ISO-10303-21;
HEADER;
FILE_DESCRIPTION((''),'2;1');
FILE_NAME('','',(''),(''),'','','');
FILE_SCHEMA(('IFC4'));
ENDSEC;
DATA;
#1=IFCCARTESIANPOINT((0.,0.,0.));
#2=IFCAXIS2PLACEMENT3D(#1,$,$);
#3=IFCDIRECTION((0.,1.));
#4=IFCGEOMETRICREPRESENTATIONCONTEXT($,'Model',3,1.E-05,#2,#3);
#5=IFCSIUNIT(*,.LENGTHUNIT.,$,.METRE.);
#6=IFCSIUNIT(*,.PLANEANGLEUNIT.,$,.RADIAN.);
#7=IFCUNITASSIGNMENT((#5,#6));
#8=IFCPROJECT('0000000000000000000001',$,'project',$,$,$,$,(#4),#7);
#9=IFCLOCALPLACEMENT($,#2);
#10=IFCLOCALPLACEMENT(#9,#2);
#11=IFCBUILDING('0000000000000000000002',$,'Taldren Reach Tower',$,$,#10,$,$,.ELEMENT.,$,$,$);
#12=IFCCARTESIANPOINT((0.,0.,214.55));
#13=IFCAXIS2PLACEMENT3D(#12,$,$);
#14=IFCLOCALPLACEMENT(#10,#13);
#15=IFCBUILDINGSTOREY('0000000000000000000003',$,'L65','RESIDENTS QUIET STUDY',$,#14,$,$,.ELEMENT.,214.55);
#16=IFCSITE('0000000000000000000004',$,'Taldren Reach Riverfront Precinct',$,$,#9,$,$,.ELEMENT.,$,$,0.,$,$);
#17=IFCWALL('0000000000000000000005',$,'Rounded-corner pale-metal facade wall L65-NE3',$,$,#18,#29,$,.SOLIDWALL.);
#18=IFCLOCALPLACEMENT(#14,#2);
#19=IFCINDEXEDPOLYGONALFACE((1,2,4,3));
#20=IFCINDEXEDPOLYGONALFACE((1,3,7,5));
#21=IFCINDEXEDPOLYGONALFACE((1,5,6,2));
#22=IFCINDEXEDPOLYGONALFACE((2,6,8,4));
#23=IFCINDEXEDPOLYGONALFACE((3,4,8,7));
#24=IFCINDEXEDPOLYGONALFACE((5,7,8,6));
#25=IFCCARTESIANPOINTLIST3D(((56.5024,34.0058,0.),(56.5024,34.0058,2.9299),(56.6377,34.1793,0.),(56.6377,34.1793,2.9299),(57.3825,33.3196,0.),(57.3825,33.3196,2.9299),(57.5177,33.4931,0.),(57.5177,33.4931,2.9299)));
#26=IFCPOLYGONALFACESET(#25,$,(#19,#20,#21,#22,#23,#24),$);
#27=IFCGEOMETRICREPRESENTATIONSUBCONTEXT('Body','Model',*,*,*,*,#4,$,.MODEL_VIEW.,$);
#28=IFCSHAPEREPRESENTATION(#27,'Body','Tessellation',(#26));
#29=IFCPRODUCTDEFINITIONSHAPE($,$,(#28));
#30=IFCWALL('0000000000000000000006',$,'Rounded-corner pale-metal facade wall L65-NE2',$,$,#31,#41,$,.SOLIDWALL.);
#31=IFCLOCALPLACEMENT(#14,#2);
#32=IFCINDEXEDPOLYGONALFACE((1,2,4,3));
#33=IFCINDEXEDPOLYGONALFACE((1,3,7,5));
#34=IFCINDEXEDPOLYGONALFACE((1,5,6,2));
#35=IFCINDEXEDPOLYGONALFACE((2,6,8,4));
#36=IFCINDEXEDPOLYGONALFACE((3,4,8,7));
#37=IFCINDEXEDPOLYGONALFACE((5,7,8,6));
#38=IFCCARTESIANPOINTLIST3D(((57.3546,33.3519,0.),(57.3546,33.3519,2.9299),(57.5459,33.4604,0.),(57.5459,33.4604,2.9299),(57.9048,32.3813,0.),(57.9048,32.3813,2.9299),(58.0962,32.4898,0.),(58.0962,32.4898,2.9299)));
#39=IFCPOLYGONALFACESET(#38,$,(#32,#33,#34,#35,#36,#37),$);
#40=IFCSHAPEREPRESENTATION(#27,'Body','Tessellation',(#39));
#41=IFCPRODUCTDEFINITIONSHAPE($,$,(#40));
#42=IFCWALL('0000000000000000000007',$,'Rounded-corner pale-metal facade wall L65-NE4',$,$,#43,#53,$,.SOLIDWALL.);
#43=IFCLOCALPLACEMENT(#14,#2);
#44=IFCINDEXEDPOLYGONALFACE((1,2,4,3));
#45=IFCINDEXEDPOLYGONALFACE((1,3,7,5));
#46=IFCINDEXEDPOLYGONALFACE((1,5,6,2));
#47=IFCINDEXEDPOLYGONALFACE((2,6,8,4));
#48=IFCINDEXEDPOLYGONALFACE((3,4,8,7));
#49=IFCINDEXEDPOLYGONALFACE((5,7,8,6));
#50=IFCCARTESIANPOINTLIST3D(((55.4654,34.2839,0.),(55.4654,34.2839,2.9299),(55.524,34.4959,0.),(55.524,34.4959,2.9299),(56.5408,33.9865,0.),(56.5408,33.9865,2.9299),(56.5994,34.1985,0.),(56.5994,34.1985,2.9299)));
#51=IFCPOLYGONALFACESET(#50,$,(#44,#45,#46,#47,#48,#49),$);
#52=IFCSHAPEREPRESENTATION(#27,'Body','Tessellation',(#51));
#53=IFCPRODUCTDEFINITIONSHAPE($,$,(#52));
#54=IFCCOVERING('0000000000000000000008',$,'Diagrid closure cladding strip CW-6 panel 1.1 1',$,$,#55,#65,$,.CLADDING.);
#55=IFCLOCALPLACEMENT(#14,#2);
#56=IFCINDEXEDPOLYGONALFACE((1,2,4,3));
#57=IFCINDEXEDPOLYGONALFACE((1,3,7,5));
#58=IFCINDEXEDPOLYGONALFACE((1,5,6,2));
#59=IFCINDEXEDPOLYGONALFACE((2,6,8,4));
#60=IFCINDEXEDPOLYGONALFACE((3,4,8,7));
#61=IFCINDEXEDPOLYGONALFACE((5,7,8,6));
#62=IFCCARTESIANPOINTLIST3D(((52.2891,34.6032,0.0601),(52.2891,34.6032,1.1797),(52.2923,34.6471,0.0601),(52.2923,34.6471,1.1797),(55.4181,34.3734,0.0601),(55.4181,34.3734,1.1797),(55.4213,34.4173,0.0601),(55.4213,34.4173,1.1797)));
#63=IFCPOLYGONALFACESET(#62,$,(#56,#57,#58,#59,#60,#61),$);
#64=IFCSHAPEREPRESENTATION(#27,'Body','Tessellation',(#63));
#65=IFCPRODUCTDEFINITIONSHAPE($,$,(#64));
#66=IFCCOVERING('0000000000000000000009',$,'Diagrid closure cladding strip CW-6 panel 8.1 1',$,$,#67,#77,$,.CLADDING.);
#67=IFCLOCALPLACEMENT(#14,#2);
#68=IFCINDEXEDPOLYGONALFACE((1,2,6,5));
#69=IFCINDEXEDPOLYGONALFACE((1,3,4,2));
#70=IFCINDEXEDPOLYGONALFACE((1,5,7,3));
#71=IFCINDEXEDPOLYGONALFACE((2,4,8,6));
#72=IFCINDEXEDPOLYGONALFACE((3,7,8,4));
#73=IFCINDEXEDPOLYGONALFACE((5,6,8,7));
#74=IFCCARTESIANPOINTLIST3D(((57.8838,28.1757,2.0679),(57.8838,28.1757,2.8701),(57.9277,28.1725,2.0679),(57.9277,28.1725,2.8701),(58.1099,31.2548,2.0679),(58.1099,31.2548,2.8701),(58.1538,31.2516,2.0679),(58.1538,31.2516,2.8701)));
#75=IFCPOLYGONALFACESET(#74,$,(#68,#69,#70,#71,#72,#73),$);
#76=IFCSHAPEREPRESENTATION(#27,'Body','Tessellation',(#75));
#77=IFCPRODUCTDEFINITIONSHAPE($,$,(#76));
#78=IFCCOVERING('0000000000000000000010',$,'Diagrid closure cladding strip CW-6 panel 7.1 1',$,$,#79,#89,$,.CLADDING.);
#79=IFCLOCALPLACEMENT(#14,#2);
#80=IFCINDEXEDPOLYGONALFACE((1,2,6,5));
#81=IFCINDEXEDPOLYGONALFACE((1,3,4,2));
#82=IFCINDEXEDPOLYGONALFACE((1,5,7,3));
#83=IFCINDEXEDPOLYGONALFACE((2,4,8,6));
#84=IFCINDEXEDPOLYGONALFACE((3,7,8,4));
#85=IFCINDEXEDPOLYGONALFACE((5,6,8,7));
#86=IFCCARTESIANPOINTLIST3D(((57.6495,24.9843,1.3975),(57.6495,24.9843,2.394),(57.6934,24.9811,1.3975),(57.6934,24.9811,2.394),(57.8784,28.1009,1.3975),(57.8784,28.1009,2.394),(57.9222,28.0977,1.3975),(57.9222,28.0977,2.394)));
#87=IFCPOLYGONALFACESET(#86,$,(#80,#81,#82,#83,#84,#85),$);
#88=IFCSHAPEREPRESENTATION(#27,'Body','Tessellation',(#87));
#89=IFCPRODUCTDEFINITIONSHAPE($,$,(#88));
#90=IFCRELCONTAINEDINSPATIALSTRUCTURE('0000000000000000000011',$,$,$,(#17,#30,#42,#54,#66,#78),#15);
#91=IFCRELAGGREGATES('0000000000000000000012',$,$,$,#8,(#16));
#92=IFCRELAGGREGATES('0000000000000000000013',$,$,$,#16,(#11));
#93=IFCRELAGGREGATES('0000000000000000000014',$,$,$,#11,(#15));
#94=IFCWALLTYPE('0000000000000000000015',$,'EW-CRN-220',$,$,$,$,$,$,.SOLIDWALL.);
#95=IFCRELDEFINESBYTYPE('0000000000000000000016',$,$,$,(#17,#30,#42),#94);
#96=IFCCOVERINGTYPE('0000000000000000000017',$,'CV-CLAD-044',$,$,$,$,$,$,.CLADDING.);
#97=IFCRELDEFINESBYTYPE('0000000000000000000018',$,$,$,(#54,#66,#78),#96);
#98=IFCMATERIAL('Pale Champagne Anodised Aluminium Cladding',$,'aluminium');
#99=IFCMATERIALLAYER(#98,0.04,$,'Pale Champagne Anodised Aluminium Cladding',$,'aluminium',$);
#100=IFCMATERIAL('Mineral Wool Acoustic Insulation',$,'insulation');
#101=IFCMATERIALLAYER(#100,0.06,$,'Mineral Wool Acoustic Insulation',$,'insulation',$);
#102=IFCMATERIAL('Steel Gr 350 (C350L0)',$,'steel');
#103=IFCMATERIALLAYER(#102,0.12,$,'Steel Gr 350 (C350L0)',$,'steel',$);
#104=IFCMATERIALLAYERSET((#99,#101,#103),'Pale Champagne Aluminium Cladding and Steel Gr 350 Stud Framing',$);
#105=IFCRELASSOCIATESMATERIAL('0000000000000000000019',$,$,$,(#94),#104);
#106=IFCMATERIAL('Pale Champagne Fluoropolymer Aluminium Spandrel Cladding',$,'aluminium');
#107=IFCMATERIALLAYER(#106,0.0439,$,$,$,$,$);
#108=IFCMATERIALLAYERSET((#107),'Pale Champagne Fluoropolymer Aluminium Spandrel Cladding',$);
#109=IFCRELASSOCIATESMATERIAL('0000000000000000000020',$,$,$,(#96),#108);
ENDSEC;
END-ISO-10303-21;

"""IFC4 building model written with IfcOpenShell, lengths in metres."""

from ifc_helpers import new_model, si_unit, direction, frame, frame_2d, origin, origin_2d, place, context, subcontext, project, spatial, rectangle, extrude, source, transform, mapped, material, layer, layer_set, type_object, element, save


model = new_model("IFC4")

# Units and contexts
model_context = context("Model", 3, precision=1e-05, world=origin(), true_north=direction((0.0, 1.0)))
body_context = subcontext(model_context, "Body", "Model", "MODEL_VIEW")
ifc_project = project(units=[si_unit("LENGTHUNIT", "METRE"), si_unit("PLANEANGLEUNIT", "RADIAN")], contexts=[model_context])

# Site, building, storey
site_placement = place(None, origin())
site = spatial("IfcSite", under=ifc_project, at=site_placement, Name="Taldren Reach Riverfront Precinct", CompositionType="ELEMENT", RefElevation=0.0)
building_placement = place(site_placement, origin())
building = spatial("IfcBuilding", under=site, at=building_placement, Name="Taldren Reach Tower", CompositionType="ELEMENT")
storey_placement = place(building_placement, frame((0.0, 0.0, 214.55)))
storey = spatial("IfcBuildingStorey", under=building, at=storey_placement, Name="L65", Description="RESIDENTS QUIET STUDY", CompositionType="ELEMENT", Elevation=214.55)

# Shared definitions
ifc_material_1 = material(Name="Steel Gr 350 (C350L0)", Category="steel")

# Walls
ifc_material_2 = material(Name="Pale Champagne Anodised Aluminium Cladding", Category="aluminium")
ifc_layer_1 = layer(ifc_material_2, 0.04, Name="Pale Champagne Anodised Aluminium Cladding", Category="aluminium")
ifc_material_3 = material(Name="Mineral Wool Acoustic Insulation", Category="insulation")
ifc_layer_2 = layer(ifc_material_3, 0.06, Name="Mineral Wool Acoustic Insulation", Category="insulation")
ifc_layer_3 = layer(ifc_material_1, 0.12, Name="Steel Gr 350 (C350L0)", Category="steel")
ifc_layer_set_1 = layer_set([ifc_layer_1, ifc_layer_2, ifc_layer_3], Name="Pale Champagne Aluminium Cladding and Steel Gr 350 Stud Framing")
wall_type = type_object("IfcWallType", Name="EW-CRN-220", PredefinedType="SOLIDWALL", material=ifc_layer_set_1)
shared_shape_1 = source(origin(), body_context, "Body", "SweptSolid", [
    extrude(rectangle(XDim=1.116, YDim=0.22, at=frame_2d((0.5581, 0.0))), origin(), (0.0, 0.0, 1.0), 2.9299),
])
for number, where, z_axis, x_axis, name in (
    (1, (57.4502, 33.4062, 0.0), (0.0, 0.0, 1.0), (-0.788598, 0.614909, 0.0), "Rounded-corner pale-metal facade wall L65-NE3"),
):
    element("IfcWall", number, at=place(storey_placement, frame(where, z_axis=z_axis, x_axis=x_axis)), inside=storey, type_object=wall_type, Name=name, PredefinedType="SOLIDWALL", context=body_context, shape_type="MappedRepresentation", body=[
        mapped(shared_shape_1, transform((0.0, 0.0, 0.0), scale=1.0)),
    ])
shared_shape_2 = source(origin(), body_context, "Body", "SweptSolid", [
    extrude(rectangle(XDim=1.1157, YDim=0.22, at=frame_2d((0.5579, 0.0))), origin(), (0.0, 0.0, 1.0), 2.9299),
])
for number, where, z_axis, x_axis, name in (
    (2, (58.0005, 32.4355, 0.0), (0.0, 0.0, 1.0), (-0.493167, 0.869935, 0.0), "Rounded-corner pale-metal facade wall L65-NE2"),
    (3, (56.5701, 34.0925, 0.0), (0.0, 0.0, 1.0), (-0.963834, 0.266504, 0.0), "Rounded-corner pale-metal facade wall L65-NE4"),
):
    element("IfcWall", number, at=place(storey_placement, frame(where, z_axis=z_axis, x_axis=x_axis)), inside=storey, type_object=wall_type, Name=name, PredefinedType="SOLIDWALL", context=body_context, shape_type="MappedRepresentation", body=[
        mapped(shared_shape_2, transform((0.0, 0.0, 0.0), scale=1.0)),
    ])

# Coverings
ifc_material_4 = material(Name="Pale Champagne Fluoropolymer Aluminium Spandrel Cladding", Category="aluminium")
ifc_layer_4 = layer(ifc_material_4, 0.0439)
ifc_layer_set_2 = layer_set([ifc_layer_4], Name="Pale Champagne Fluoropolymer Aluminium Spandrel Cladding")
covering_type = type_object("IfcCoveringType", Name="CV-CLAD-044", PredefinedType="CLADDING", material=ifc_layer_set_2)
shared_shape_3 = source(origin(), body_context, "Body", "SweptSolid", [
    extrude(rectangle(XDim=3.1375, YDim=0.0439, at=origin_2d()), origin(), (0.0, 0.0, 1.0), 1.1196),
])
covering_1_placement = place(storey_placement, frame((53.8552, 34.5103, 0.0601), z_axis=(0.0, 0.0, 1.0), x_axis=(-0.997314, 0.073238, 0.0)))
element("IfcCovering", 4, at=covering_1_placement, inside=storey, type_object=covering_type, Name="Diagrid closure cladding strip CW-6 panel 1.1 1", PredefinedType="CLADDING", context=body_context, shape_type="MappedRepresentation", body=[
    mapped(shared_shape_3, transform((0.0, 0.0, 0.0), scale=1.0)),
])
shared_shape_4 = source(origin(), body_context, "Body", "SweptSolid", [
    extrude(rectangle(XDim=3.0874, YDim=0.0439, at=origin_2d()), origin(), (0.0, 0.0, 1.0), 0.8022),
])
covering_2_placement = place(storey_placement, frame((58.0188, 29.7136, 2.0679), z_axis=(0.0, 0.0, 1.0), x_axis=(0.073238, 0.997314, 0.0)))
element("IfcCovering", 5, at=covering_2_placement, inside=storey, type_object=covering_type, Name="Diagrid closure cladding strip CW-6 panel 8.1 1", PredefinedType="CLADDING", context=body_context, shape_type="MappedRepresentation", body=[
    mapped(shared_shape_4, transform((0.0, 0.0, 0.0), scale=1.0)),
])
shared_shape_5 = source(origin(), body_context, "Body", "SweptSolid", [
    extrude(rectangle(XDim=3.125, YDim=0.0439, at=origin_2d()), origin(), (0.0, 0.0, 1.0), 0.9966),
])
covering_3_placement = place(storey_placement, frame((57.7859, 26.541, 1.3975), z_axis=(0.0, 0.0, 1.0), x_axis=(0.073238, 0.997314, 0.0)))
element("IfcCovering", 6, at=covering_3_placement, inside=storey, type_object=covering_type, Name="Diagrid closure cladding strip CW-6 panel 7.1 1", PredefinedType="CLADDING", context=body_context, shape_type="MappedRepresentation", body=[
    mapped(shared_shape_5, transform((0.0, 0.0, 0.0), scale=1.0)),
])

save(model, "model.ifc")
